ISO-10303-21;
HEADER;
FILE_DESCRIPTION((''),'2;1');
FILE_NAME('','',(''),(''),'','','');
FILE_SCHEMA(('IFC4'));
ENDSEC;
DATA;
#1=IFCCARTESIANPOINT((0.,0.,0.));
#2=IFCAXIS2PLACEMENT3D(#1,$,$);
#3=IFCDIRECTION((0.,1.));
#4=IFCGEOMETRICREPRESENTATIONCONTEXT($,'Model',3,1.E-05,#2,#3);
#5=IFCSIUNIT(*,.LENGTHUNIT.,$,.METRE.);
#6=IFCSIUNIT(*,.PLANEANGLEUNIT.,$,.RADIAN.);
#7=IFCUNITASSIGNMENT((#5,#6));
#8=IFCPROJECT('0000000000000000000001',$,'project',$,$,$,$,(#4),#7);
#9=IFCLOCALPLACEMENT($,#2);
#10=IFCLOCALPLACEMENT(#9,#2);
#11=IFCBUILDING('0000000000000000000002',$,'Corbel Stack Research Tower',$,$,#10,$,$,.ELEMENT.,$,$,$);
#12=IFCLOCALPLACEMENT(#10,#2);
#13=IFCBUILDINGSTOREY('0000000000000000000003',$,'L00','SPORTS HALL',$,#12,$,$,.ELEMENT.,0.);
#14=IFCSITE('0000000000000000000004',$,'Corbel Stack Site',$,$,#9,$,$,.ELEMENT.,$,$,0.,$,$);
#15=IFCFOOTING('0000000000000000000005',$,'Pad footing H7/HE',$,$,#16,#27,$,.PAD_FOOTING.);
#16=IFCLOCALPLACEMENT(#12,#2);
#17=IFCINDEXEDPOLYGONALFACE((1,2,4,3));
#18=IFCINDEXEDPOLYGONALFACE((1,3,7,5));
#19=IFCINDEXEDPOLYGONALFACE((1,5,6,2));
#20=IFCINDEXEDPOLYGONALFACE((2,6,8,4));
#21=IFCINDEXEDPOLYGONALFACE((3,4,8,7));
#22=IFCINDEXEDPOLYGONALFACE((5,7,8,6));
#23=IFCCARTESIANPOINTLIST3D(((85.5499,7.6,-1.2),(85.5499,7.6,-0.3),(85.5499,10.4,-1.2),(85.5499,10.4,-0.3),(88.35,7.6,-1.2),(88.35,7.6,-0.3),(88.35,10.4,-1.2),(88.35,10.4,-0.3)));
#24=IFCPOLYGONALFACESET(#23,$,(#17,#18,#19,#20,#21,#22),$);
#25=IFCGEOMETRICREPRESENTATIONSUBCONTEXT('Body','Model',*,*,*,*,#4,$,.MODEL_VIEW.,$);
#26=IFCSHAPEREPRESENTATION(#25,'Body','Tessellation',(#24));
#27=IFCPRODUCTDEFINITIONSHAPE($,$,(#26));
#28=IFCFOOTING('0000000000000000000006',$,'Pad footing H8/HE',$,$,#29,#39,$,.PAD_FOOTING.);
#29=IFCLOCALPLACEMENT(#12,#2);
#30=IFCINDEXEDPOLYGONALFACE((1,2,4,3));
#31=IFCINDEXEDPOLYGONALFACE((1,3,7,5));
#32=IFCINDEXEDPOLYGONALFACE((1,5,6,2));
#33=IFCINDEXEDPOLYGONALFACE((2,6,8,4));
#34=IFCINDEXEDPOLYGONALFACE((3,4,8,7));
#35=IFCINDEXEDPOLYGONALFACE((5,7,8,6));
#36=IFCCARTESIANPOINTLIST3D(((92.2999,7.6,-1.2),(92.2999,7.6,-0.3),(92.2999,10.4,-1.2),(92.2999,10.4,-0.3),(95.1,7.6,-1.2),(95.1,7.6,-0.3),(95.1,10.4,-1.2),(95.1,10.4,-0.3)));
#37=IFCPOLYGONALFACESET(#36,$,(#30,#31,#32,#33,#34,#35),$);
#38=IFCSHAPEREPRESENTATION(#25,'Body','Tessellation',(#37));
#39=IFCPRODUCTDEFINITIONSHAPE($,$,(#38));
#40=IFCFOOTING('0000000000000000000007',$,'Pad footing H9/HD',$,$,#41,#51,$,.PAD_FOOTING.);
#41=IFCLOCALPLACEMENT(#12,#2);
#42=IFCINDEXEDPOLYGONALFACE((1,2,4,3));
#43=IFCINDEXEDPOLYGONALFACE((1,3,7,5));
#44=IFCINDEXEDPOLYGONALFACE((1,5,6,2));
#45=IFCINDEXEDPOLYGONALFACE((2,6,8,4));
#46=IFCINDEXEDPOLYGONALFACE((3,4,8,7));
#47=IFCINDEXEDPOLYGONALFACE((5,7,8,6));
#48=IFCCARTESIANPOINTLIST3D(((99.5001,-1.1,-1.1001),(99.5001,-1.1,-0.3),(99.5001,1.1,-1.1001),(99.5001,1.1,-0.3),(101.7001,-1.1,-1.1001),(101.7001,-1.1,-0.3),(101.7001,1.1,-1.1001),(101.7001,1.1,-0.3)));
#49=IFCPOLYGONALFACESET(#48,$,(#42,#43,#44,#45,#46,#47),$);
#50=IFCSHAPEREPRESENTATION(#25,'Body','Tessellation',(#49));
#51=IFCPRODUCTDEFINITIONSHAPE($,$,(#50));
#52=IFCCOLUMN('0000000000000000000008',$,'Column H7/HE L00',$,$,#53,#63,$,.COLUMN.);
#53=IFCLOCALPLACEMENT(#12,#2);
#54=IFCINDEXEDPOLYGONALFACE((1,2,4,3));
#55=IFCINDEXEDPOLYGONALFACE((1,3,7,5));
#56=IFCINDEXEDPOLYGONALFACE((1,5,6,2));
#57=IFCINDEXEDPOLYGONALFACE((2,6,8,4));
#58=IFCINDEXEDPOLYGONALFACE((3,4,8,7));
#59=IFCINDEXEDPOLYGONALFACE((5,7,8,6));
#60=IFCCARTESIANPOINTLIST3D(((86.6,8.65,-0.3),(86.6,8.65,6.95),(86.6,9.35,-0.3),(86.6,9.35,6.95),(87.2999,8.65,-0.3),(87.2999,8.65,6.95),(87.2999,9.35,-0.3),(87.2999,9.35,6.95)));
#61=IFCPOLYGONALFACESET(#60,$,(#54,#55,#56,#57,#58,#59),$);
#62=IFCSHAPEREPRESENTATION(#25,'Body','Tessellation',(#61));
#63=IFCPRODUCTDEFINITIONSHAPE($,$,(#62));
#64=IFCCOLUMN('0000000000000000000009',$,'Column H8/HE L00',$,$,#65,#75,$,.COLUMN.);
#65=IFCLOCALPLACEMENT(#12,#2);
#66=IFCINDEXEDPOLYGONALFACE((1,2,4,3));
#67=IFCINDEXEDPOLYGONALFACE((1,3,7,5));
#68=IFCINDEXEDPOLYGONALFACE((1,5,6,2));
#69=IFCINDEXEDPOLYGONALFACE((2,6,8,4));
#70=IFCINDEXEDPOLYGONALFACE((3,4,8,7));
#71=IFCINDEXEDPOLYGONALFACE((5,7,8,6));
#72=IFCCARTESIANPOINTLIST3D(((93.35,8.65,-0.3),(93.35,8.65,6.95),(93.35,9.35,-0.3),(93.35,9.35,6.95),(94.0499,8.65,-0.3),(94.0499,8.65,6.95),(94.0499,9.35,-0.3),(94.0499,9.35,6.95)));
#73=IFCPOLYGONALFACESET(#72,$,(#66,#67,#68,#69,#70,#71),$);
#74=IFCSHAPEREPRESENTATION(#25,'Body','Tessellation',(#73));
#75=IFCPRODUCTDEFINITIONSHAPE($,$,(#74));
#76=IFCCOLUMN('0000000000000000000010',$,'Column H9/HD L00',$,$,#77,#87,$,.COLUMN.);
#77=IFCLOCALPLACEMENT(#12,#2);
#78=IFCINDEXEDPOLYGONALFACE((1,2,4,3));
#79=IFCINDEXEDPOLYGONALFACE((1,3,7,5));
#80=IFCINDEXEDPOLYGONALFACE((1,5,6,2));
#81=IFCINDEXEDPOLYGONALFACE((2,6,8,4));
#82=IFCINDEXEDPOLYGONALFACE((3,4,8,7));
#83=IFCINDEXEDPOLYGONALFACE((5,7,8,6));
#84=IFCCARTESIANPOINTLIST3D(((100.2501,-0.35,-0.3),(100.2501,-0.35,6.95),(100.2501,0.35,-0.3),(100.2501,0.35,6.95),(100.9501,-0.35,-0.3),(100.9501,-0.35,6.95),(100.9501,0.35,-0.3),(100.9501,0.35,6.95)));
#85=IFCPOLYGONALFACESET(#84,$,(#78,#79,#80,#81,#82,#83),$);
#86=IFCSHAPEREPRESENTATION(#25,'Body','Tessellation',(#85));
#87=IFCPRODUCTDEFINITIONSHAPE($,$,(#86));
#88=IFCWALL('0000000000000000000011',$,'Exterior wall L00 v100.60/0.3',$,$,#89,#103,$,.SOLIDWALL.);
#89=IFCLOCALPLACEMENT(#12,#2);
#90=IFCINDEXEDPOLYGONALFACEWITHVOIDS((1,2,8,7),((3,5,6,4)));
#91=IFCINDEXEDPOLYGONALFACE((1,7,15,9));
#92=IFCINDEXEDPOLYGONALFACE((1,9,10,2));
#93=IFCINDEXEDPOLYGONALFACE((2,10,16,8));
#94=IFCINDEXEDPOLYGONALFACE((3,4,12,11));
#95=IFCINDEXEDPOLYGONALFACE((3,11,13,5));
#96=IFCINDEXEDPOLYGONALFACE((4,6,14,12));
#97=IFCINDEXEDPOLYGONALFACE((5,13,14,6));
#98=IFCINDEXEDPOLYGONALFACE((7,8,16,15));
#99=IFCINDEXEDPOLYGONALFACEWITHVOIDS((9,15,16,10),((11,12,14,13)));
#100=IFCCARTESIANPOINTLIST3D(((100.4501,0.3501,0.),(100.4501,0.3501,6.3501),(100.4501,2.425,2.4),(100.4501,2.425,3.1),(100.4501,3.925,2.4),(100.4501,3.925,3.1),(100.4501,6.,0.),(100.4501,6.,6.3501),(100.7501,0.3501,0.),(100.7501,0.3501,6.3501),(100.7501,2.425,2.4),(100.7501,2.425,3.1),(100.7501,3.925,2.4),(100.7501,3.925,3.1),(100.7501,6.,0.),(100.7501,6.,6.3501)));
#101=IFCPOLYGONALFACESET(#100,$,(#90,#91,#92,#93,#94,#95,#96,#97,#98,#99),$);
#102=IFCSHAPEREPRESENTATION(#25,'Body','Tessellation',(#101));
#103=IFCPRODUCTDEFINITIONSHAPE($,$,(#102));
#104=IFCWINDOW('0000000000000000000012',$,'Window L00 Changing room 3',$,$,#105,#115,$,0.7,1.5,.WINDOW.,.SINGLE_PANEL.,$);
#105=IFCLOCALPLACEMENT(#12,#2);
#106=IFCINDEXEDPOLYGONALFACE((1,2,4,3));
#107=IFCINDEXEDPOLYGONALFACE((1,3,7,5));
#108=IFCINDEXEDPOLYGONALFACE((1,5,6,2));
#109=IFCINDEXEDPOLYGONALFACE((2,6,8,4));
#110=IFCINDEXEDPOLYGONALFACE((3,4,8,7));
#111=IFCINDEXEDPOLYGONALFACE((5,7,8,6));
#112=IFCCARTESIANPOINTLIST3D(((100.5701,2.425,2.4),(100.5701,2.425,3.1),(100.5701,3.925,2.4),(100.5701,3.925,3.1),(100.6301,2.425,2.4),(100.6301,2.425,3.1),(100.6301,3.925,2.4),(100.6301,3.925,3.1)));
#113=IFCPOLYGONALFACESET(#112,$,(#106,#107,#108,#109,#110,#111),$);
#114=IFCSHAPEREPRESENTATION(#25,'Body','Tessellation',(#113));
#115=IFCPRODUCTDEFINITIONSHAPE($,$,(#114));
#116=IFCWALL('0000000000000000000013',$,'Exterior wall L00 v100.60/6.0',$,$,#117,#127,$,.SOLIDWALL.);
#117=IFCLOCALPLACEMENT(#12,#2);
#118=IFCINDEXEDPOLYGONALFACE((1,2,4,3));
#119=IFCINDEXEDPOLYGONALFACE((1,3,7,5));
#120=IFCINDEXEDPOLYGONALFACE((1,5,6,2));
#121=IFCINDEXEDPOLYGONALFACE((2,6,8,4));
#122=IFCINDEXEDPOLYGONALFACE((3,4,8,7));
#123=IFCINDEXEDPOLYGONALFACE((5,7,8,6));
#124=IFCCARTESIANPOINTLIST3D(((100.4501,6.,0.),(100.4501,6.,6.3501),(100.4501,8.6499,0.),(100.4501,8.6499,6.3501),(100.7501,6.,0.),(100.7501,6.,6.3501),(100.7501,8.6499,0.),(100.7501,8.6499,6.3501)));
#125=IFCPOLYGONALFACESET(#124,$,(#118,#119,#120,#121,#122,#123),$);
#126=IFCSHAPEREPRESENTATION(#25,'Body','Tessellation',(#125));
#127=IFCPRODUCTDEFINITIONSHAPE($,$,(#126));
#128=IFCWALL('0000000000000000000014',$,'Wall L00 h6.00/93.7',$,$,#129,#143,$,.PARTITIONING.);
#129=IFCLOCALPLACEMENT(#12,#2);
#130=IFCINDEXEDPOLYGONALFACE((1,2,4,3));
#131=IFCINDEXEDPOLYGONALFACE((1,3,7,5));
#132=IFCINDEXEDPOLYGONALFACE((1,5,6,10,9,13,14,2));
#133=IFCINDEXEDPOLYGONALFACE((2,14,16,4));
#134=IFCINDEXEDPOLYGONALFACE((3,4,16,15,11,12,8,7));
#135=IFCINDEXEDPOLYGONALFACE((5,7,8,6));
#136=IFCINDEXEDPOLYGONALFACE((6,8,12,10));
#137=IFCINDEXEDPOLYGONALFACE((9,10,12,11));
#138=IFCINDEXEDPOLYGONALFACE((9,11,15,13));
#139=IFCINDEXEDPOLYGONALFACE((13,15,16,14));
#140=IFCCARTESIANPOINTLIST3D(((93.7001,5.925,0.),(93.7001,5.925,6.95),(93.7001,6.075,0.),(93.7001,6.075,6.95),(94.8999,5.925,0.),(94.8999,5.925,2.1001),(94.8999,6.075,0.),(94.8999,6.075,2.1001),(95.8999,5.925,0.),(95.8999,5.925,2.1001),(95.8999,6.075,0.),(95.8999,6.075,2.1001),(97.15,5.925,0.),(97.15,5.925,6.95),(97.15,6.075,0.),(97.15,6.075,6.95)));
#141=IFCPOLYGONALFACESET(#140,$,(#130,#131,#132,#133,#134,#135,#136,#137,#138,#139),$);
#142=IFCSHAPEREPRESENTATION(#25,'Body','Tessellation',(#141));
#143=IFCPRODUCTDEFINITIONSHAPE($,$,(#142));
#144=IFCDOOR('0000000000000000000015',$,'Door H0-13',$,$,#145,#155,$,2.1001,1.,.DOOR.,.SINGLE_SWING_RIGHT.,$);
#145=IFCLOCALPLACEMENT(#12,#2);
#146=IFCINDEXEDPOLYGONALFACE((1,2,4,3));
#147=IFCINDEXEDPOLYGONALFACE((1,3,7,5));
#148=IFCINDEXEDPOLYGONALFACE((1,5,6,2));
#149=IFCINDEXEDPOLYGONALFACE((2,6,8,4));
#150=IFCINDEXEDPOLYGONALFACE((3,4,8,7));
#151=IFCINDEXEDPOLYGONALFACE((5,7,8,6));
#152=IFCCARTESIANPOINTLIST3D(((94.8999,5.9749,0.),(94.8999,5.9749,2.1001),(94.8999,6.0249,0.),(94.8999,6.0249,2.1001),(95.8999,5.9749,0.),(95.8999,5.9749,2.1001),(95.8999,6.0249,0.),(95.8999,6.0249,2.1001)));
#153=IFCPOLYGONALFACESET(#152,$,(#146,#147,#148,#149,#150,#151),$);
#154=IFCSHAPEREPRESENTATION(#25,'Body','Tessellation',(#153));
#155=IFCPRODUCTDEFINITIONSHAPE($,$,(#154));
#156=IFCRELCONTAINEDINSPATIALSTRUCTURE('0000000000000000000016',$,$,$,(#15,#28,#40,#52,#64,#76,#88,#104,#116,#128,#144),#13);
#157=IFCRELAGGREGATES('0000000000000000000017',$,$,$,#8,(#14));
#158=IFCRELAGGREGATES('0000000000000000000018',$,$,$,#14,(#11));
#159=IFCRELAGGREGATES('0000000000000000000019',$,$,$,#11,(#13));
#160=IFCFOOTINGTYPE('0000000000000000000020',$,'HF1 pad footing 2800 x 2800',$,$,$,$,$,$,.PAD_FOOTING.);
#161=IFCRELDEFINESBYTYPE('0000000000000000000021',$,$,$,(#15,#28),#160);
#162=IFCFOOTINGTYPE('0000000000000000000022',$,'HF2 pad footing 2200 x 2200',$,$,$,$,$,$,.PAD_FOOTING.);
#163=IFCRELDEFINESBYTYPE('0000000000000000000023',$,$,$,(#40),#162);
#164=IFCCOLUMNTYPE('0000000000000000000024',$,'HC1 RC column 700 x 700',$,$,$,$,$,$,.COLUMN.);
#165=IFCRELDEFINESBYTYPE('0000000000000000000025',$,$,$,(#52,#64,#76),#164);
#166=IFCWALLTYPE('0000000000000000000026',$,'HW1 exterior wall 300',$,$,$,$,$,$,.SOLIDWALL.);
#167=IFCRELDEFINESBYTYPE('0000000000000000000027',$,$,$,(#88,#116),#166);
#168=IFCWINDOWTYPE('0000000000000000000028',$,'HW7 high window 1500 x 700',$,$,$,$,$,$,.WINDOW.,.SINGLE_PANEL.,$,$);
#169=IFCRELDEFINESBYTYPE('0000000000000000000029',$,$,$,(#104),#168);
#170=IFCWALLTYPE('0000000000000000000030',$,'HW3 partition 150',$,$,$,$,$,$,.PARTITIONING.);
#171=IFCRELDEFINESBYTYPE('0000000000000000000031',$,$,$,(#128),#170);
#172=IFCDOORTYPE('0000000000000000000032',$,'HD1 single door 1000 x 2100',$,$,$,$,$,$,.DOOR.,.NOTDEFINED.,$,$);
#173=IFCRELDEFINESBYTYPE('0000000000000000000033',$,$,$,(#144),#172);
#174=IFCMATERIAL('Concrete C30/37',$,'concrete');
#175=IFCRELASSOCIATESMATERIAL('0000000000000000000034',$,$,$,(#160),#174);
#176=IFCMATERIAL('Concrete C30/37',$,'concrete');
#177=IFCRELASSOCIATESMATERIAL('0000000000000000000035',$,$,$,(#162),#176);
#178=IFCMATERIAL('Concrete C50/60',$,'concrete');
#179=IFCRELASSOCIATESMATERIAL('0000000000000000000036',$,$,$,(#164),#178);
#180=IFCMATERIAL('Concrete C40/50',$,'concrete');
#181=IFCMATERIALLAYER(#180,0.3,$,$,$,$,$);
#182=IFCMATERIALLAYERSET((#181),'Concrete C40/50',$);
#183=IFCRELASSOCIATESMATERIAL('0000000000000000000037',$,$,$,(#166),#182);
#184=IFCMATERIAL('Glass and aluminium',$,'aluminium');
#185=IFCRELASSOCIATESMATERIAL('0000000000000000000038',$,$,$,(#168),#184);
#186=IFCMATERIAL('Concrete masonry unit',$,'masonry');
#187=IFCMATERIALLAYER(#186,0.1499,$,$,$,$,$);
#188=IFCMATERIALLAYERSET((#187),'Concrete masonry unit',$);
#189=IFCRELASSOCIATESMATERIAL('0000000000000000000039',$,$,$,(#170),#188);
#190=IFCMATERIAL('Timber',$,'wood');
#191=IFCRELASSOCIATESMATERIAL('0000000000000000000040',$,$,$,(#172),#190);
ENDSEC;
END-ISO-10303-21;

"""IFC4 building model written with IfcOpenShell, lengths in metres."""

from ifc_helpers import new_model, si_unit, direction, frame, frame_2d, origin, origin_2d, place, context, subcontext, project, spatial, rectangle, extrude, material, layer, layer_set, material_profile, profile_set, type_object, element, fill, save


model = new_model("IFC4")

# Units and contexts
model_context = context("Model", 3, precision=1e-05, world=origin(), true_north=direction((0.0, 1.0)))
body_context = subcontext(model_context, "Body", "Model", "MODEL_VIEW")
ifc_project = project(units=[si_unit("LENGTHUNIT", "METRE"), si_unit("PLANEANGLEUNIT", "RADIAN")], contexts=[model_context])

# Site, building, storey
site_placement = place(None, origin())
site = spatial("IfcSite", under=ifc_project, at=site_placement, Name="Corbel Stack Site", CompositionType="ELEMENT", RefElevation=0.0)
building_placement = place(site_placement, origin())
building = spatial("IfcBuilding", under=site, at=building_placement, Name="Corbel Stack Research Tower", CompositionType="ELEMENT")
storey_placement = place(building_placement, origin())
storey = spatial("IfcBuildingStorey", under=building, at=storey_placement, Name="L00", Description="SPORTS HALL", CompositionType="ELEMENT", Elevation=0.0)

# Footings
ifc_material_1 = material(Name="Concrete C30/37", Category="concrete")
footing_type_1 = type_object("IfcFootingType", Name="HF1 pad footing 2800 x 2800", PredefinedType="PAD_FOOTING", material=ifc_material_1)
for number, where, z_axis, x_axis, name in (
    (1, (86.95, 9.0, -1.2), (0.0, 0.0, 1.0), (1.0, 0.0, 0.0), "Pad footing H7/HE"),
    (2, (93.7, 9.0, -1.2), (0.0, 0.0, 1.0), (1.0, 0.0, 0.0), "Pad footing H8/HE"),
):
    element("IfcFooting", number, at=place(storey_placement, frame(where, z_axis=z_axis, x_axis=x_axis)), inside=storey, type_object=footing_type_1, Name=name, PredefinedType="PAD_FOOTING", context=body_context, shape_type="SweptSolid", body=[
        extrude(rectangle(XDim=2.8, YDim=2.8, at=origin_2d()), origin(), (0.0, 0.0, 1.0), 0.8999),
    ])
ifc_material_2 = material(Name="Concrete C30/37", Category="concrete")
footing_type_2 = type_object("IfcFootingType", Name="HF2 pad footing 2200 x 2200", PredefinedType="PAD_FOOTING", material=ifc_material_2)
footing_placement = place(storey_placement, frame((100.6001, 0.0, -1.1001), z_axis=(0.0, 0.0, 1.0), x_axis=(1.0, 0.0, 0.0)))
element("IfcFooting", 3, at=footing_placement, inside=storey, type_object=footing_type_2, Name="Pad footing H9/HD", PredefinedType="PAD_FOOTING", context=body_context, shape_type="SweptSolid", body=[
    extrude(rectangle(XDim=2.2, YDim=2.2, at=origin_2d()), origin(), (0.0, 0.0, 1.0), 0.8),
])

# Columns
ifc_material_3 = material(Name="Concrete C50/60", Category="concrete")
ifc_material_profile = material_profile(ifc_material_3, rectangle(XDim=0.7, YDim=0.7, at=origin_2d()), Name="RC 700 x 700")
ifc_profile_set = profile_set([ifc_material_profile], Name="Concrete C50/60")
column_type = type_object("IfcColumnType", Name="HC1 RC column 700 x 700", PredefinedType="COLUMN", material=ifc_profile_set)
for number, where, z_axis, x_axis, name in (
    (4, (86.95, 9.0, -0.3), (0.0, 0.0, 1.0), (1.0, 0.0, 0.0), "Column H7/HE L00"),
    (5, (93.7, 9.0, -0.3), (0.0, 0.0, 1.0), (1.0, 0.0, 0.0), "Column H8/HE L00"),
    (6, (100.6001, 0.0, -0.3), (0.0, 0.0, 1.0), (1.0, 0.0, 0.0), "Column H9/HD L00"),
):
    element("IfcColumn", number, at=place(storey_placement, frame(where, z_axis=z_axis, x_axis=x_axis)), inside=storey, type_object=column_type, Name=name, PredefinedType="COLUMN", context=body_context, shape_type="SweptSolid", body=[
        extrude(rectangle(XDim=0.7, YDim=0.7, at=origin_2d()), origin(), (0.0, 0.0, 1.0), 7.25),
    ])

# Wall, opening, window
ifc_material_4 = material(Name="Concrete C40/50", Category="concrete")
ifc_layer_1 = layer(ifc_material_4, 0.3)
ifc_layer_set_1 = layer_set([ifc_layer_1], Name="Concrete C40/50")
wall_type_1 = type_object("IfcWallType", Name="HW1 exterior wall 300", PredefinedType="SOLIDWALL", material=ifc_layer_set_1)
wall_1_placement = place(storey_placement, frame((100.6001, 0.3501, 0.0), z_axis=(0.0, 0.0, 1.0), x_axis=(0.0, 1.0, 0.0)))
wall_1 = element("IfcWall", 7, at=wall_1_placement, inside=storey, type_object=wall_type_1, Name="Exterior wall L00 v100.60/0.3", PredefinedType="SOLIDWALL", context=body_context, shape_type="SweptSolid", body=[
    extrude(rectangle(XDim=5.6499, YDim=0.3, at=frame_2d((2.825, 0.0))), origin(), (0.0, 0.0, 1.0), 6.3501),
])
opening_1_placement = place(wall_1_placement, frame((2.075, 0.0, 2.3999)))
opening_1 = element("IfcOpeningElement", 8, at=opening_1_placement, cuts=wall_1, PredefinedType="OPENING", context=body_context, shape_type="SweptSolid", body=[
    extrude(rectangle(XDim=1.5, YDim=0.7, at=frame_2d((0.75, 0.3501))), frame((0.0, 0.1599, 0.0), z_axis=(0.0, -1.0, 0.0), x_axis=(1.0, 0.0, 0.0)), (0.0, 0.0, 1.0), 0.3201),
])
ifc_material_5 = material(Name="Glass and aluminium", Category="aluminium")
window_type = type_object("IfcWindowType", Name="HW7 high window 1500 x 700", PartitioningType="SINGLE_PANEL", PredefinedType="WINDOW", material=ifc_material_5)
window_placement = place(opening_1_placement, origin())
window = element("IfcWindow", 9, at=window_placement, inside=storey, type_object=window_type, Name="Window L00 Changing room 3", OverallHeight=0.7, OverallWidth=1.5, PartitioningType="SINGLE_PANEL", PredefinedType="WINDOW", context=body_context, shape_type="SweptSolid", body=[
    extrude(rectangle(XDim=1.5, YDim=0.7, at=frame_2d((0.75, 0.3501))), frame((0.0, 0.03, 0.0), z_axis=(0.0, -1.0, 0.0), x_axis=(1.0, 0.0, 0.0)), (0.0, 0.0, 1.0), 0.0601),
])
fill(opening_1, window)

# Wall
wall_2_placement = place(storey_placement, frame((100.6001, 6.0, 0.0), z_axis=(0.0, 0.0, 1.0), x_axis=(0.0, 1.0, 0.0)))
element("IfcWall", 10, at=wall_2_placement, inside=storey, type_object=wall_type_1, Name="Exterior wall L00 v100.60/6.0", PredefinedType="SOLIDWALL", context=body_context, shape_type="SweptSolid", body=[
    extrude(rectangle(XDim=2.6499, YDim=0.3, at=frame_2d((1.325, 0.0))), origin(), (0.0, 0.0, 1.0), 6.3501),
])

# Wall, opening, door
ifc_material_6 = material(Name="Concrete masonry unit", Category="masonry")
ifc_layer_2 = layer(ifc_material_6, 0.1499)
ifc_layer_set_2 = layer_set([ifc_layer_2], Name="Concrete masonry unit")
wall_type_2 = type_object("IfcWallType", Name="HW3 partition 150", PredefinedType="PARTITIONING", material=ifc_layer_set_2)
wall_3_placement = place(storey_placement, frame((93.7, 6.0, 0.0), z_axis=(0.0, 0.0, 1.0), x_axis=(1.0, 0.0, 0.0)))
wall_3 = element("IfcWall", 11, at=wall_3_placement, inside=storey, type_object=wall_type_2, Name="Wall L00 h6.00/93.7", PredefinedType="PARTITIONING", context=body_context, shape_type="SweptSolid", body=[
    extrude(rectangle(XDim=3.45, YDim=0.1499, at=frame_2d((1.7251, 0.0))), origin(), (0.0, 0.0, 1.0), 6.95),
])
opening_2_placement = place(wall_3_placement, frame((1.2, 0.0, 0.0)))
opening_2 = element("IfcOpeningElement", 12, at=opening_2_placement, cuts=wall_3, PredefinedType="OPENING", context=body_context, shape_type="SweptSolid", body=[
    extrude(rectangle(XDim=1.0, YDim=2.1001, at=frame_2d((0.5, 1.05))), frame((0.0, 0.085, 0.0), z_axis=(0.0, -1.0, 0.0), x_axis=(1.0, 0.0, 0.0)), (0.0, 0.0, 1.0), 0.1699),
])
ifc_material_7 = material(Name="Timber", Category="wood")
door_type_1 = type_object("IfcDoorType", Name="HD1 single door 1000 x 2100", OperationType="NOTDEFINED", PredefinedType="DOOR", material=ifc_material_7)
door_1_placement = place(opening_2_placement, origin())
door_1 = element("IfcDoor", 13, at=door_1_placement, inside=storey, type_object=door_type_1, Name="Door H0-13", OperationType="SINGLE_SWING_RIGHT", OverallHeight=2.1001, OverallWidth=1.0, PredefinedType="DOOR", context=body_context, shape_type="SweptSolid", body=[
    extrude(rectangle(XDim=1.0, YDim=2.1001, at=frame_2d((0.5, 1.05))), frame((0.0, 0.0249, 0.0), z_axis=(0.0, -1.0, 0.0), x_axis=(1.0, 0.0, 0.0)), (0.0, 0.0, 1.0), 0.05),
])
fill(opening_2, door_1)

save(model, "model.ifc")
